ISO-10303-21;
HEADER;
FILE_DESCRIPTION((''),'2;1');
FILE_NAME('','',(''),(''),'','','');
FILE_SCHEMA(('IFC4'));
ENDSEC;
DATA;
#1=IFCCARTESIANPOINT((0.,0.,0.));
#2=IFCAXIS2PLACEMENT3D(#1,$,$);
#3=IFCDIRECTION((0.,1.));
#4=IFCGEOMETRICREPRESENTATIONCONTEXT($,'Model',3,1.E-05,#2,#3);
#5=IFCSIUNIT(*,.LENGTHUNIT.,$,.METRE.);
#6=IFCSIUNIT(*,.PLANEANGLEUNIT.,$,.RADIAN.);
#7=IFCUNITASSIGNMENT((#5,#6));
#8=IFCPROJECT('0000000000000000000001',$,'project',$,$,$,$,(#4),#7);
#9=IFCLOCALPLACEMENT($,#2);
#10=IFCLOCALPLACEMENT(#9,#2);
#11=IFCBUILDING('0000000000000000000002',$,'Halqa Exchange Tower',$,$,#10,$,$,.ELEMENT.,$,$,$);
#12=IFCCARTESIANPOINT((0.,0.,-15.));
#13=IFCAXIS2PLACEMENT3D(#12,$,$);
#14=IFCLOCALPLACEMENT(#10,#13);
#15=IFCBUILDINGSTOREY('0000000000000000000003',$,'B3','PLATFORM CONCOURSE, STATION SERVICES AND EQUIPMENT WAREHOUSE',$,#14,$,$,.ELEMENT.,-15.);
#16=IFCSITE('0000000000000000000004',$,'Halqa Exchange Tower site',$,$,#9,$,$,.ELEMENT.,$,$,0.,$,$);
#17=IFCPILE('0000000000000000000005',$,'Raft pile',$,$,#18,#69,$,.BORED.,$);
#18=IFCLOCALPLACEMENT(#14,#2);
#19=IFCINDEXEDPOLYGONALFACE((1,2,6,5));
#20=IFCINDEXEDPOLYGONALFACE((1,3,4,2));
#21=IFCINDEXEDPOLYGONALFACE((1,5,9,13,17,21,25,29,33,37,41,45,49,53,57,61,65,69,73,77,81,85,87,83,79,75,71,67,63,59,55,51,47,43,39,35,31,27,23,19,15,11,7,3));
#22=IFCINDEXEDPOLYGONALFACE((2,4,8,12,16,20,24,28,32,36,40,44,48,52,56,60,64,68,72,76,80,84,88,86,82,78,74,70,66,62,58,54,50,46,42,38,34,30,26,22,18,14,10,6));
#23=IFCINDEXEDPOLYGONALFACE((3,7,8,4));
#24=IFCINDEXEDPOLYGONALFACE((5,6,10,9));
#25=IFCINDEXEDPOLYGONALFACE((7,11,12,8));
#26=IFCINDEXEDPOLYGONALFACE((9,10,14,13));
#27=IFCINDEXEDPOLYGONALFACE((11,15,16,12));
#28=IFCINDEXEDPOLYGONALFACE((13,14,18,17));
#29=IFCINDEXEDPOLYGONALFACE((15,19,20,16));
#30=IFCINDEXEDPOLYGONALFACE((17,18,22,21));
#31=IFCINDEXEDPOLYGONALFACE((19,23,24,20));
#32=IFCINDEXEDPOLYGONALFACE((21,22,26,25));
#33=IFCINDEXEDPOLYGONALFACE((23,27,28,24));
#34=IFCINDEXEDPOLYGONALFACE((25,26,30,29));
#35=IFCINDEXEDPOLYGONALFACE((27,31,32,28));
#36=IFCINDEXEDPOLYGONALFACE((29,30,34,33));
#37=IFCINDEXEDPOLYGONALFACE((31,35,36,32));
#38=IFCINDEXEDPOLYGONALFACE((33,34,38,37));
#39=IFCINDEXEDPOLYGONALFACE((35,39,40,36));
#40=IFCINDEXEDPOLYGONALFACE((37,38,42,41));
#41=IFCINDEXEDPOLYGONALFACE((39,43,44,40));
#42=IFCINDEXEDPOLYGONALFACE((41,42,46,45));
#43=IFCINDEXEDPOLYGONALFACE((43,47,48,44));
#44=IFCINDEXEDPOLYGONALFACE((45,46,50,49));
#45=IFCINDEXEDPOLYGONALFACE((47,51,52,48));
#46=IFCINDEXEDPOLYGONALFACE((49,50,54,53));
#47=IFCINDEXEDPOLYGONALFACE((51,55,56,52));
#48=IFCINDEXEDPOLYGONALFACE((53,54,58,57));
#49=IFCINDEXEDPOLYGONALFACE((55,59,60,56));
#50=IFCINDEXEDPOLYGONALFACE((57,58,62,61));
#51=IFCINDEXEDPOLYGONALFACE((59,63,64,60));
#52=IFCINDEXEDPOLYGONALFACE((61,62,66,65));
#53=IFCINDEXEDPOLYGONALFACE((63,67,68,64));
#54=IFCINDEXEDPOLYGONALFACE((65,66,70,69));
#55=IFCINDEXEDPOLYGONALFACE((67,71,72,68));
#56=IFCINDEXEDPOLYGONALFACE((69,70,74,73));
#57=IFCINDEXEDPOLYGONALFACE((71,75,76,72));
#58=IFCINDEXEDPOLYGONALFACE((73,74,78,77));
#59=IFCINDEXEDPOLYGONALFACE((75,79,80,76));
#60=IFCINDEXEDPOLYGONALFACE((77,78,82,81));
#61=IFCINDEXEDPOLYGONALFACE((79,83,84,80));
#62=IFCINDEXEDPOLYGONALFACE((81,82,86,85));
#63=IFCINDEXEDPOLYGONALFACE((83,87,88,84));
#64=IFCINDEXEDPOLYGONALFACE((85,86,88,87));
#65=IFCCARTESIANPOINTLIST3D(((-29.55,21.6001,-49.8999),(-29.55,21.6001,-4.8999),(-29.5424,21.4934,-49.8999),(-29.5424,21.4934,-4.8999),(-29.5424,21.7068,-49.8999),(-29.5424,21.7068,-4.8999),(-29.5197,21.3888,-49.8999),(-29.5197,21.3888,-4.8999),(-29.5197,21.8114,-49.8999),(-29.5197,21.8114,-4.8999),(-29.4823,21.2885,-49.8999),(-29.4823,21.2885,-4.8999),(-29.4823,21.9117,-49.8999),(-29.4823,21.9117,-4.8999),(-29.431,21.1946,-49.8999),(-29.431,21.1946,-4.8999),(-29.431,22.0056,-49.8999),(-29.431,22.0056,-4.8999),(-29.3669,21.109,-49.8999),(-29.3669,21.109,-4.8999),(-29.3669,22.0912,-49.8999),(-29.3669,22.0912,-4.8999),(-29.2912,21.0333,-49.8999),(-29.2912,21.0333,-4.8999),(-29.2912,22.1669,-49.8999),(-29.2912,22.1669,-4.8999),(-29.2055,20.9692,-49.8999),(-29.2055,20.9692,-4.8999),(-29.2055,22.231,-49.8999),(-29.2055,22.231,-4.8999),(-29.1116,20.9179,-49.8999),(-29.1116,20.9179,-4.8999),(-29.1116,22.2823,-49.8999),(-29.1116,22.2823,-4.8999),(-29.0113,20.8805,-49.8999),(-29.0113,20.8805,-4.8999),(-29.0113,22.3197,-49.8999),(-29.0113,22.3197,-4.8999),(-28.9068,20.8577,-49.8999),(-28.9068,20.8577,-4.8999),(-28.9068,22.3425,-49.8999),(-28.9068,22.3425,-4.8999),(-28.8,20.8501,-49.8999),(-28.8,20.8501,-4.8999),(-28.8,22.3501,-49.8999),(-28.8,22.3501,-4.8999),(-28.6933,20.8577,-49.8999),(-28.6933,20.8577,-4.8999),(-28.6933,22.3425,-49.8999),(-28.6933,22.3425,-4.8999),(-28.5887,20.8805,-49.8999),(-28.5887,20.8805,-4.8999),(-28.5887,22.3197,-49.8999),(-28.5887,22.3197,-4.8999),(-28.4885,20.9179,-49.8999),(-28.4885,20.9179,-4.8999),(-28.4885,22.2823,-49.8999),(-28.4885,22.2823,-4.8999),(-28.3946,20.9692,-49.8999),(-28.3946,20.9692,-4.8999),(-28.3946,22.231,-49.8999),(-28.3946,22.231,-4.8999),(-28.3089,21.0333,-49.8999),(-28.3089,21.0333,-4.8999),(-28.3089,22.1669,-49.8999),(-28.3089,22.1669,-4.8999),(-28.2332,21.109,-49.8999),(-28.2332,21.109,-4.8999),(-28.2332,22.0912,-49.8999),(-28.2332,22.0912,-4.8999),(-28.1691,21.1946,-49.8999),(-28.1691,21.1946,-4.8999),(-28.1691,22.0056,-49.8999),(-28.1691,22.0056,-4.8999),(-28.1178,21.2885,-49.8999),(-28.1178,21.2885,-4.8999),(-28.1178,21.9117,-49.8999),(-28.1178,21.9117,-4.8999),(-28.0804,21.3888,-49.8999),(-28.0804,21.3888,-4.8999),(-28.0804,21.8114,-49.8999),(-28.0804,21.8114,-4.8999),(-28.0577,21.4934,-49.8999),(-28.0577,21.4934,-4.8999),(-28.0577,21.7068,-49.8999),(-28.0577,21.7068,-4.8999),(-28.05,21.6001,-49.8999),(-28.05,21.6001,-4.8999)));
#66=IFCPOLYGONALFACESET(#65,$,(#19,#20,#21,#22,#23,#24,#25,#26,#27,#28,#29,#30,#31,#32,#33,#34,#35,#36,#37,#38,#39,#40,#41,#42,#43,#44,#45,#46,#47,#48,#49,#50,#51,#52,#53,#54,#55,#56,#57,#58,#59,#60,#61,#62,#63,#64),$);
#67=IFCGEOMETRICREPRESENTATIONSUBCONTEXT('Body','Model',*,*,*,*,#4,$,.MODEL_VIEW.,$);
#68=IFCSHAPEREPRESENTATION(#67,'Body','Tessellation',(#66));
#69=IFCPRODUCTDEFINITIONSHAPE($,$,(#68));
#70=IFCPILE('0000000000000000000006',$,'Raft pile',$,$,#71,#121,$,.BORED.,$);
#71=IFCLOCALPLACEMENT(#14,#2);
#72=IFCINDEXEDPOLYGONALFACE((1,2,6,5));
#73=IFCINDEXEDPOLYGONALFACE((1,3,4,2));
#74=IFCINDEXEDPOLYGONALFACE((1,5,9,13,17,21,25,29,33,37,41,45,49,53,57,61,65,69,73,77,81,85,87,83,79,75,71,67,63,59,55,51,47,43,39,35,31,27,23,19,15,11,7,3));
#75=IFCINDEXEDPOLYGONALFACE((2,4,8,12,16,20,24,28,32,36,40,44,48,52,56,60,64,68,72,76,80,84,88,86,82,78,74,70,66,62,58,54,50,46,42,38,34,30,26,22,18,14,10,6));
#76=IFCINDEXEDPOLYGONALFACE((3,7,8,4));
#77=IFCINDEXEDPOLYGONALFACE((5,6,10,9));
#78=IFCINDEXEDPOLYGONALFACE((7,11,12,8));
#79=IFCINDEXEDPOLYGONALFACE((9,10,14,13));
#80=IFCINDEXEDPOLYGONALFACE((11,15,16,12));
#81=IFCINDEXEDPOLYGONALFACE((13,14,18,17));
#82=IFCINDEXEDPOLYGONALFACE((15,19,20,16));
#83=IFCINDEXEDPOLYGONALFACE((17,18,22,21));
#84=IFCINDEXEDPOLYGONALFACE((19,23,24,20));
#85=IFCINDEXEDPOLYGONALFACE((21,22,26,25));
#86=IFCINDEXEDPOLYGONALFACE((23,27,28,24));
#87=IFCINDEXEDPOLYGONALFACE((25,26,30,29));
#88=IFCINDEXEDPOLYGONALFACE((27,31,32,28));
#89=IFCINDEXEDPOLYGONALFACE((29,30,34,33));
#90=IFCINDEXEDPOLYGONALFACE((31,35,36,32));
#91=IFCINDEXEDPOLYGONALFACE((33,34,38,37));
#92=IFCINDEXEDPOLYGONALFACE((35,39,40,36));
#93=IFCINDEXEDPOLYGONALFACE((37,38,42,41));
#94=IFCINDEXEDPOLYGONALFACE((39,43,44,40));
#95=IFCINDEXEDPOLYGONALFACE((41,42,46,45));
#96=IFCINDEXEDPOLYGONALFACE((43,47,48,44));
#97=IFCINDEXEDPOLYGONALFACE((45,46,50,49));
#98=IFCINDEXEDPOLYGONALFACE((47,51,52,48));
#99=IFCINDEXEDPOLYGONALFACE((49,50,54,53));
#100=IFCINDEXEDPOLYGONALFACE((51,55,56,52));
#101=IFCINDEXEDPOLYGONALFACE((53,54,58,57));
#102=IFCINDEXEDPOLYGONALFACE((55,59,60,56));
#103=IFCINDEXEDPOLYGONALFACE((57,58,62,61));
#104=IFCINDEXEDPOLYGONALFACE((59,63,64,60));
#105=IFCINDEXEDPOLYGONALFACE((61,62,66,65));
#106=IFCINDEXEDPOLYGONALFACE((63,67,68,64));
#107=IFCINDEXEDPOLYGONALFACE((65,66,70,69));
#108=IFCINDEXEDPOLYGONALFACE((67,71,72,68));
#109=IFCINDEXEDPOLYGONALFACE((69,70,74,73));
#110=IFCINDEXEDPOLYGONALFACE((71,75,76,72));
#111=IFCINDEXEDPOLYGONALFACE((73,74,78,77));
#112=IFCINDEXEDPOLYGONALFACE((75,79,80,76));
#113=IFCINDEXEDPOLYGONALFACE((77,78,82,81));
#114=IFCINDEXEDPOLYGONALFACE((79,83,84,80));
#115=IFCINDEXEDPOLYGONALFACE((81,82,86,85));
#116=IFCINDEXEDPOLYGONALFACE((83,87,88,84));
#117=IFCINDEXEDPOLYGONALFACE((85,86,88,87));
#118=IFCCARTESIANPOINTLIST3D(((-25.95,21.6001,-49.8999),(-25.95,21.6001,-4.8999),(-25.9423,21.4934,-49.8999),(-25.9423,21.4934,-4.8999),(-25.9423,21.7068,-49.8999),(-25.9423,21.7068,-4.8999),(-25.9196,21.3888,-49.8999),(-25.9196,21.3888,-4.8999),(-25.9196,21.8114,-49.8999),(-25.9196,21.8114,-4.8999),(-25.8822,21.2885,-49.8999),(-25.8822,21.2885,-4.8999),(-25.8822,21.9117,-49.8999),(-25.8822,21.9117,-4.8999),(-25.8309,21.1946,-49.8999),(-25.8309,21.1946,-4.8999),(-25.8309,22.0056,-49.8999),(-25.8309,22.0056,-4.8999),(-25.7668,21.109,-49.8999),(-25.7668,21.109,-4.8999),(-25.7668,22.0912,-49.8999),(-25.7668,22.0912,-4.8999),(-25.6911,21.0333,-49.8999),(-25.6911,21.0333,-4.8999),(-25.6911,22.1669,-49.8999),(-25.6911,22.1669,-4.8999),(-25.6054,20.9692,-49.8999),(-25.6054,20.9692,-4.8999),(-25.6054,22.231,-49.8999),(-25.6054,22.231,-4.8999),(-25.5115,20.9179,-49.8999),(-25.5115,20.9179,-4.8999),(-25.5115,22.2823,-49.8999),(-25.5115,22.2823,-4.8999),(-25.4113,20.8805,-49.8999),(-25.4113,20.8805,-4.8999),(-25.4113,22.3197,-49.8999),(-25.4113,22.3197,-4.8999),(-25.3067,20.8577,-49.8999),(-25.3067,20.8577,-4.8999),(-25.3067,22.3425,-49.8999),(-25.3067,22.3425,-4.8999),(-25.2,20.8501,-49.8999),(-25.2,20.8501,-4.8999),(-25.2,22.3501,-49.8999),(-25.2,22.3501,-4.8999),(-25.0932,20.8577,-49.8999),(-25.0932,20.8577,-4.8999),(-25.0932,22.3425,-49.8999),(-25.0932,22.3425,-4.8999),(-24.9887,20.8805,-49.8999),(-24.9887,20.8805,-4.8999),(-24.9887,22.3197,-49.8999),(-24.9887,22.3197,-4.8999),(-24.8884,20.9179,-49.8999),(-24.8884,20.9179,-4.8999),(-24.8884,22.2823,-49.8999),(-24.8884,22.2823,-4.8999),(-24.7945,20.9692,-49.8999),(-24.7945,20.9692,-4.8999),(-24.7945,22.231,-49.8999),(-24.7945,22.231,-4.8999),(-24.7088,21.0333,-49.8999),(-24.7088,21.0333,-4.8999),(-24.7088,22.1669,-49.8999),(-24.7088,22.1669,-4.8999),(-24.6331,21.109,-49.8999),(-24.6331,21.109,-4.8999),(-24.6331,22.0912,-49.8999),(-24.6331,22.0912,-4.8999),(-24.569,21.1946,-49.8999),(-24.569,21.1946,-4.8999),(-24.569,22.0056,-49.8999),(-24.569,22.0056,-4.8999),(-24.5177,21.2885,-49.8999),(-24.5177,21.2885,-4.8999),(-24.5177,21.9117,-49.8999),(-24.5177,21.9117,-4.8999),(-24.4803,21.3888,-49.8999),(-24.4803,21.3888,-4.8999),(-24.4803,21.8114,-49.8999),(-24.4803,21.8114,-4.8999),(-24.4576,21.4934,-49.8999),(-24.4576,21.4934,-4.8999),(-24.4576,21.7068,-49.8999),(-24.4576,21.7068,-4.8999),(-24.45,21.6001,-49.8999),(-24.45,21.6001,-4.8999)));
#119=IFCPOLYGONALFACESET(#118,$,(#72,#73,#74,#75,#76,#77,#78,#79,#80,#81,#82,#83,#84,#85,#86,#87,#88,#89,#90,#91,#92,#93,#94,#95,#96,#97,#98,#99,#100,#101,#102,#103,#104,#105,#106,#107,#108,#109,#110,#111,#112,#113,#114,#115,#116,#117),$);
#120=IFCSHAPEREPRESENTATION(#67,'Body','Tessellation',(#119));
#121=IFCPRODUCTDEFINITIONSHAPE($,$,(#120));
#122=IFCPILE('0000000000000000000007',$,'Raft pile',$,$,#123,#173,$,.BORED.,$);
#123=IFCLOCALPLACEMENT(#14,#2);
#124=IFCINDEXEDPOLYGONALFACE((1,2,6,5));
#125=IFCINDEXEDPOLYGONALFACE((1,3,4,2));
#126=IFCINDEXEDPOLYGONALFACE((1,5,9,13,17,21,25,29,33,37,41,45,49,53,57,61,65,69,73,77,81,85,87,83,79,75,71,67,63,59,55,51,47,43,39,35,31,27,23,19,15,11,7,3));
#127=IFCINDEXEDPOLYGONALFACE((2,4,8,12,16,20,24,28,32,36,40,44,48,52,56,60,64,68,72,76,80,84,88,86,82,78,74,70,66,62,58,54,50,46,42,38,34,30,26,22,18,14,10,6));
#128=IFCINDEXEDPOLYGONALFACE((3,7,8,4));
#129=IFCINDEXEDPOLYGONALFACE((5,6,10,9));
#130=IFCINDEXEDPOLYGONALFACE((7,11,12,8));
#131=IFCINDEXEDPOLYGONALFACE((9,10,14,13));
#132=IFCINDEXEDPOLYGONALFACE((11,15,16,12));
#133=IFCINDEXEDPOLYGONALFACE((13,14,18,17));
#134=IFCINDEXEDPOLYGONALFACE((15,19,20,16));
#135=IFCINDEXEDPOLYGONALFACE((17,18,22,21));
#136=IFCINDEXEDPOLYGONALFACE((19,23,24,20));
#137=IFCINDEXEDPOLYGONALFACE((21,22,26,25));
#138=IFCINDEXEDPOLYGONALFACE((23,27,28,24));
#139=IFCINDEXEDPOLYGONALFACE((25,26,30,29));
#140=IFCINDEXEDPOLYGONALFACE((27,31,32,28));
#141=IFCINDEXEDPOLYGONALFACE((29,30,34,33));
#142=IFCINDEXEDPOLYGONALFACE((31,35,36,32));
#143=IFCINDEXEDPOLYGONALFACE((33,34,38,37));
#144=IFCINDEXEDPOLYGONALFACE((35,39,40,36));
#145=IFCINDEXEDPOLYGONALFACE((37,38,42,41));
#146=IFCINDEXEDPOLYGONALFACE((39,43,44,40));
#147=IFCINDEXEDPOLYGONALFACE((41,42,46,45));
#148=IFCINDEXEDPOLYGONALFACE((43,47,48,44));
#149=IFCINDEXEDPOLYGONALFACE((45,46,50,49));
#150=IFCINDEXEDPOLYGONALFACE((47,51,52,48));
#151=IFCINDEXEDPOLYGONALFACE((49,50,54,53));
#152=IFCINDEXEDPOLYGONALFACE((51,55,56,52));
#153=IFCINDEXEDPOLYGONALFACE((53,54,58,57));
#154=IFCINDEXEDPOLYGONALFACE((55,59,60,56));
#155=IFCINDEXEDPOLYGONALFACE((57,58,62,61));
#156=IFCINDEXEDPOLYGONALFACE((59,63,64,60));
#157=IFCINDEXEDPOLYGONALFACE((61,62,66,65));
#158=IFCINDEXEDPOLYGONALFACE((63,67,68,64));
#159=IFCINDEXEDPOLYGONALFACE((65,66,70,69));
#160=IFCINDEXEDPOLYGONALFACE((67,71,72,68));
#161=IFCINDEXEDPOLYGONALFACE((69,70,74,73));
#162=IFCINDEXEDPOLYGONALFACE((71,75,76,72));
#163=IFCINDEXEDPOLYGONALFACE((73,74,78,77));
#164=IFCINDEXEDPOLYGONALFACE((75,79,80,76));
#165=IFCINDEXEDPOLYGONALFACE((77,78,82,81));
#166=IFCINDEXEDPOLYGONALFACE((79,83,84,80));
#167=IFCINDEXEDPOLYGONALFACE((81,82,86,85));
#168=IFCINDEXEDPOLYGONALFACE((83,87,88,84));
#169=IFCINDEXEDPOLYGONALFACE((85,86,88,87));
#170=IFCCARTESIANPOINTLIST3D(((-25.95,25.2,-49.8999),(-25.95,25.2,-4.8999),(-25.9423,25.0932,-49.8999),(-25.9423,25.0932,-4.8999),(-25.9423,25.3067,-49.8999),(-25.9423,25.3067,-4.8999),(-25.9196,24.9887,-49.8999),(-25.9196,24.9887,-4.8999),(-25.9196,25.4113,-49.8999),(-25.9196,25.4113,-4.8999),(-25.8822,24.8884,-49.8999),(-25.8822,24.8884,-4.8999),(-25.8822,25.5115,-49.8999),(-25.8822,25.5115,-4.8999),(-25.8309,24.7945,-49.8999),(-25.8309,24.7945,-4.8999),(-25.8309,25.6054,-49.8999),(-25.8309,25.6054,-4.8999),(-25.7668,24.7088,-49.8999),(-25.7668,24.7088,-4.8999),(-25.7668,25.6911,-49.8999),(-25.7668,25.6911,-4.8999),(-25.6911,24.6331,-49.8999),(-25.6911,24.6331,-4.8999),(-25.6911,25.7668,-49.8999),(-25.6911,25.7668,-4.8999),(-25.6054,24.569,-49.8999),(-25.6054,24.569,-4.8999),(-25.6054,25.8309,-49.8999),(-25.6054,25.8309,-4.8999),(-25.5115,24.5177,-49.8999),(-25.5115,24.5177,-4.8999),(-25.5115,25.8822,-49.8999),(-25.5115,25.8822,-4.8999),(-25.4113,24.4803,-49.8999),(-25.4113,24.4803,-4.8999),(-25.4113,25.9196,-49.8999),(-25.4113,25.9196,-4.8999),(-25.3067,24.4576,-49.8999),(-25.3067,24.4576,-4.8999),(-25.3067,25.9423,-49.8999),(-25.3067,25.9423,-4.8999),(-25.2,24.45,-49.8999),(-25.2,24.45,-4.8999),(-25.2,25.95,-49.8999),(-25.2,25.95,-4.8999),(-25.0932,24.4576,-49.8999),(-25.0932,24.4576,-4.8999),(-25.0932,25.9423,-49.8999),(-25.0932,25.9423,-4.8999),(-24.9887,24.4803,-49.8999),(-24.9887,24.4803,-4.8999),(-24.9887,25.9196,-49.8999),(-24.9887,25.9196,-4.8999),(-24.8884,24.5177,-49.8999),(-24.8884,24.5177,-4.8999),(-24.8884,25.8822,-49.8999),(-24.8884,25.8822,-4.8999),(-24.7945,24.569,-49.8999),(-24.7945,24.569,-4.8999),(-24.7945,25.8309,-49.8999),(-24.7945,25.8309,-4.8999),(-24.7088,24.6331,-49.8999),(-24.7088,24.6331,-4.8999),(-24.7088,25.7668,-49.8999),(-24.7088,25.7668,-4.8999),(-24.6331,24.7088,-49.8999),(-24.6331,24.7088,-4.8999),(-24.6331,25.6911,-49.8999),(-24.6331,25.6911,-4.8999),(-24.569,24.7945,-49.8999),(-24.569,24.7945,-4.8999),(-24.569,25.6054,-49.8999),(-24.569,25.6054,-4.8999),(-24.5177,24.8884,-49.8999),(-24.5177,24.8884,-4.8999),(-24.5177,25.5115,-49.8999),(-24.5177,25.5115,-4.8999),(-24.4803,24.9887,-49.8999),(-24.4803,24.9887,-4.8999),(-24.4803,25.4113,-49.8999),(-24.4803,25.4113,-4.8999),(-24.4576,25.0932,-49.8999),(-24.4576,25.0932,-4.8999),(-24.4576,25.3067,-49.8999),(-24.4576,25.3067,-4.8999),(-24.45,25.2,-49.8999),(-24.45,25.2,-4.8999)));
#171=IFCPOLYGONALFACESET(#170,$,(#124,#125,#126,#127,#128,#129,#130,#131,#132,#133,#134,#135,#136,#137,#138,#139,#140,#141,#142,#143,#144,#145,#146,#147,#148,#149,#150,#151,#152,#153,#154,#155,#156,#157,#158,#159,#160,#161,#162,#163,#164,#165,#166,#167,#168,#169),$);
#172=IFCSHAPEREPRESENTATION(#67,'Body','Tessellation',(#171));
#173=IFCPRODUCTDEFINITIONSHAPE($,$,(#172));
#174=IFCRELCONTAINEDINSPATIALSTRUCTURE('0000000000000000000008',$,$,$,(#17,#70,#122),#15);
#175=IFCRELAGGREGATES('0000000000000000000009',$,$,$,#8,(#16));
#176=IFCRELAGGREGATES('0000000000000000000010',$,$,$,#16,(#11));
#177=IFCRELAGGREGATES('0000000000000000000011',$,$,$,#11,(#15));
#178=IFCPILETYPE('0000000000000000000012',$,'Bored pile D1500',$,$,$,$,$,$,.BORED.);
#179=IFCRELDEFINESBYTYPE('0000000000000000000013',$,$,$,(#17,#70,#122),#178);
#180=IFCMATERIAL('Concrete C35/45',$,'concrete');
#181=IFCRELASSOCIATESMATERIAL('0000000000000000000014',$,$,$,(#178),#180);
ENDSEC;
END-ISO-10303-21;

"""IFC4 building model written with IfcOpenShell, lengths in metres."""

from ifc_helpers import new_model, si_unit, direction, frame, origin, origin_2d, place, context, subcontext, project, spatial, circle, extrude, material, material_profile, profile_set, type_object, element, save


model = new_model("IFC4")

# Units and contexts
model_context = context("Model", 3, precision=1e-05, world=origin(), true_north=direction((0.0, 1.0)))
body_context = subcontext(model_context, "Body", "Model", "MODEL_VIEW")
ifc_project = project(units=[si_unit("LENGTHUNIT", "METRE"), si_unit("PLANEANGLEUNIT", "RADIAN")], contexts=[model_context])

# Site, building, storey
site_placement = place(None, origin())
site = spatial("IfcSite", under=ifc_project, at=site_placement, Name="Halqa Exchange Tower site", CompositionType="ELEMENT", RefElevation=0.0)
building_placement = place(site_placement, origin())
building = spatial("IfcBuilding", under=site, at=building_placement, Name="Halqa Exchange Tower", CompositionType="ELEMENT")
storey_placement = place(building_placement, frame((0.0, 0.0, -15.0)))
storey = spatial("IfcBuildingStorey", under=building, at=storey_placement, Name="B3", Description="PLATFORM CONCOURSE, STATION SERVICES AND EQUIPMENT WAREHOUSE", CompositionType="ELEMENT", Elevation=-15.0)

# Piles
ifc_material_1 = material(Name="Concrete C35/45", Category="concrete")
ifc_material_profile_1 = material_profile(ifc_material_1, circle(Radius=0.75, at=origin_2d()), Name="D1500")
ifc_profile_set_1 = profile_set([ifc_material_profile_1], Name="Concrete C35/45")
pile_type_1 = type_object("IfcPileType", Name="Bored pile D1500", PredefinedType="BORED", material=ifc_profile_set_1)
for number, where, z_axis, x_axis, name in (
    (1, (-28.8, 21.6001, -4.8999), (0.0, 0.0, -1.0), (1.0, 0.0, 0.0), "Raft pile"),
    (2, (-25.2, 21.6001, -4.8999), (0.0, 0.0, -1.0), (1.0, 0.0, 0.0), "Raft pile"),
    (3, (-25.2, 25.2, -4.8999), (0.0, 0.0, -1.0), (1.0, 0.0, 0.0), "Raft pile"),
):
    element("IfcPile", number, at=place(storey_placement, frame(where, z_axis=z_axis, x_axis=x_axis)), inside=storey, type_object=pile_type_1, Name=name, PredefinedType="BORED", context=body_context, shape_type="SweptSolid", body=[
        extrude(circle(Radius=0.75, at=origin_2d()), origin(), (0.0, 0.0, 1.0), 45.0),
    ])

save(model, "model.ifc")
